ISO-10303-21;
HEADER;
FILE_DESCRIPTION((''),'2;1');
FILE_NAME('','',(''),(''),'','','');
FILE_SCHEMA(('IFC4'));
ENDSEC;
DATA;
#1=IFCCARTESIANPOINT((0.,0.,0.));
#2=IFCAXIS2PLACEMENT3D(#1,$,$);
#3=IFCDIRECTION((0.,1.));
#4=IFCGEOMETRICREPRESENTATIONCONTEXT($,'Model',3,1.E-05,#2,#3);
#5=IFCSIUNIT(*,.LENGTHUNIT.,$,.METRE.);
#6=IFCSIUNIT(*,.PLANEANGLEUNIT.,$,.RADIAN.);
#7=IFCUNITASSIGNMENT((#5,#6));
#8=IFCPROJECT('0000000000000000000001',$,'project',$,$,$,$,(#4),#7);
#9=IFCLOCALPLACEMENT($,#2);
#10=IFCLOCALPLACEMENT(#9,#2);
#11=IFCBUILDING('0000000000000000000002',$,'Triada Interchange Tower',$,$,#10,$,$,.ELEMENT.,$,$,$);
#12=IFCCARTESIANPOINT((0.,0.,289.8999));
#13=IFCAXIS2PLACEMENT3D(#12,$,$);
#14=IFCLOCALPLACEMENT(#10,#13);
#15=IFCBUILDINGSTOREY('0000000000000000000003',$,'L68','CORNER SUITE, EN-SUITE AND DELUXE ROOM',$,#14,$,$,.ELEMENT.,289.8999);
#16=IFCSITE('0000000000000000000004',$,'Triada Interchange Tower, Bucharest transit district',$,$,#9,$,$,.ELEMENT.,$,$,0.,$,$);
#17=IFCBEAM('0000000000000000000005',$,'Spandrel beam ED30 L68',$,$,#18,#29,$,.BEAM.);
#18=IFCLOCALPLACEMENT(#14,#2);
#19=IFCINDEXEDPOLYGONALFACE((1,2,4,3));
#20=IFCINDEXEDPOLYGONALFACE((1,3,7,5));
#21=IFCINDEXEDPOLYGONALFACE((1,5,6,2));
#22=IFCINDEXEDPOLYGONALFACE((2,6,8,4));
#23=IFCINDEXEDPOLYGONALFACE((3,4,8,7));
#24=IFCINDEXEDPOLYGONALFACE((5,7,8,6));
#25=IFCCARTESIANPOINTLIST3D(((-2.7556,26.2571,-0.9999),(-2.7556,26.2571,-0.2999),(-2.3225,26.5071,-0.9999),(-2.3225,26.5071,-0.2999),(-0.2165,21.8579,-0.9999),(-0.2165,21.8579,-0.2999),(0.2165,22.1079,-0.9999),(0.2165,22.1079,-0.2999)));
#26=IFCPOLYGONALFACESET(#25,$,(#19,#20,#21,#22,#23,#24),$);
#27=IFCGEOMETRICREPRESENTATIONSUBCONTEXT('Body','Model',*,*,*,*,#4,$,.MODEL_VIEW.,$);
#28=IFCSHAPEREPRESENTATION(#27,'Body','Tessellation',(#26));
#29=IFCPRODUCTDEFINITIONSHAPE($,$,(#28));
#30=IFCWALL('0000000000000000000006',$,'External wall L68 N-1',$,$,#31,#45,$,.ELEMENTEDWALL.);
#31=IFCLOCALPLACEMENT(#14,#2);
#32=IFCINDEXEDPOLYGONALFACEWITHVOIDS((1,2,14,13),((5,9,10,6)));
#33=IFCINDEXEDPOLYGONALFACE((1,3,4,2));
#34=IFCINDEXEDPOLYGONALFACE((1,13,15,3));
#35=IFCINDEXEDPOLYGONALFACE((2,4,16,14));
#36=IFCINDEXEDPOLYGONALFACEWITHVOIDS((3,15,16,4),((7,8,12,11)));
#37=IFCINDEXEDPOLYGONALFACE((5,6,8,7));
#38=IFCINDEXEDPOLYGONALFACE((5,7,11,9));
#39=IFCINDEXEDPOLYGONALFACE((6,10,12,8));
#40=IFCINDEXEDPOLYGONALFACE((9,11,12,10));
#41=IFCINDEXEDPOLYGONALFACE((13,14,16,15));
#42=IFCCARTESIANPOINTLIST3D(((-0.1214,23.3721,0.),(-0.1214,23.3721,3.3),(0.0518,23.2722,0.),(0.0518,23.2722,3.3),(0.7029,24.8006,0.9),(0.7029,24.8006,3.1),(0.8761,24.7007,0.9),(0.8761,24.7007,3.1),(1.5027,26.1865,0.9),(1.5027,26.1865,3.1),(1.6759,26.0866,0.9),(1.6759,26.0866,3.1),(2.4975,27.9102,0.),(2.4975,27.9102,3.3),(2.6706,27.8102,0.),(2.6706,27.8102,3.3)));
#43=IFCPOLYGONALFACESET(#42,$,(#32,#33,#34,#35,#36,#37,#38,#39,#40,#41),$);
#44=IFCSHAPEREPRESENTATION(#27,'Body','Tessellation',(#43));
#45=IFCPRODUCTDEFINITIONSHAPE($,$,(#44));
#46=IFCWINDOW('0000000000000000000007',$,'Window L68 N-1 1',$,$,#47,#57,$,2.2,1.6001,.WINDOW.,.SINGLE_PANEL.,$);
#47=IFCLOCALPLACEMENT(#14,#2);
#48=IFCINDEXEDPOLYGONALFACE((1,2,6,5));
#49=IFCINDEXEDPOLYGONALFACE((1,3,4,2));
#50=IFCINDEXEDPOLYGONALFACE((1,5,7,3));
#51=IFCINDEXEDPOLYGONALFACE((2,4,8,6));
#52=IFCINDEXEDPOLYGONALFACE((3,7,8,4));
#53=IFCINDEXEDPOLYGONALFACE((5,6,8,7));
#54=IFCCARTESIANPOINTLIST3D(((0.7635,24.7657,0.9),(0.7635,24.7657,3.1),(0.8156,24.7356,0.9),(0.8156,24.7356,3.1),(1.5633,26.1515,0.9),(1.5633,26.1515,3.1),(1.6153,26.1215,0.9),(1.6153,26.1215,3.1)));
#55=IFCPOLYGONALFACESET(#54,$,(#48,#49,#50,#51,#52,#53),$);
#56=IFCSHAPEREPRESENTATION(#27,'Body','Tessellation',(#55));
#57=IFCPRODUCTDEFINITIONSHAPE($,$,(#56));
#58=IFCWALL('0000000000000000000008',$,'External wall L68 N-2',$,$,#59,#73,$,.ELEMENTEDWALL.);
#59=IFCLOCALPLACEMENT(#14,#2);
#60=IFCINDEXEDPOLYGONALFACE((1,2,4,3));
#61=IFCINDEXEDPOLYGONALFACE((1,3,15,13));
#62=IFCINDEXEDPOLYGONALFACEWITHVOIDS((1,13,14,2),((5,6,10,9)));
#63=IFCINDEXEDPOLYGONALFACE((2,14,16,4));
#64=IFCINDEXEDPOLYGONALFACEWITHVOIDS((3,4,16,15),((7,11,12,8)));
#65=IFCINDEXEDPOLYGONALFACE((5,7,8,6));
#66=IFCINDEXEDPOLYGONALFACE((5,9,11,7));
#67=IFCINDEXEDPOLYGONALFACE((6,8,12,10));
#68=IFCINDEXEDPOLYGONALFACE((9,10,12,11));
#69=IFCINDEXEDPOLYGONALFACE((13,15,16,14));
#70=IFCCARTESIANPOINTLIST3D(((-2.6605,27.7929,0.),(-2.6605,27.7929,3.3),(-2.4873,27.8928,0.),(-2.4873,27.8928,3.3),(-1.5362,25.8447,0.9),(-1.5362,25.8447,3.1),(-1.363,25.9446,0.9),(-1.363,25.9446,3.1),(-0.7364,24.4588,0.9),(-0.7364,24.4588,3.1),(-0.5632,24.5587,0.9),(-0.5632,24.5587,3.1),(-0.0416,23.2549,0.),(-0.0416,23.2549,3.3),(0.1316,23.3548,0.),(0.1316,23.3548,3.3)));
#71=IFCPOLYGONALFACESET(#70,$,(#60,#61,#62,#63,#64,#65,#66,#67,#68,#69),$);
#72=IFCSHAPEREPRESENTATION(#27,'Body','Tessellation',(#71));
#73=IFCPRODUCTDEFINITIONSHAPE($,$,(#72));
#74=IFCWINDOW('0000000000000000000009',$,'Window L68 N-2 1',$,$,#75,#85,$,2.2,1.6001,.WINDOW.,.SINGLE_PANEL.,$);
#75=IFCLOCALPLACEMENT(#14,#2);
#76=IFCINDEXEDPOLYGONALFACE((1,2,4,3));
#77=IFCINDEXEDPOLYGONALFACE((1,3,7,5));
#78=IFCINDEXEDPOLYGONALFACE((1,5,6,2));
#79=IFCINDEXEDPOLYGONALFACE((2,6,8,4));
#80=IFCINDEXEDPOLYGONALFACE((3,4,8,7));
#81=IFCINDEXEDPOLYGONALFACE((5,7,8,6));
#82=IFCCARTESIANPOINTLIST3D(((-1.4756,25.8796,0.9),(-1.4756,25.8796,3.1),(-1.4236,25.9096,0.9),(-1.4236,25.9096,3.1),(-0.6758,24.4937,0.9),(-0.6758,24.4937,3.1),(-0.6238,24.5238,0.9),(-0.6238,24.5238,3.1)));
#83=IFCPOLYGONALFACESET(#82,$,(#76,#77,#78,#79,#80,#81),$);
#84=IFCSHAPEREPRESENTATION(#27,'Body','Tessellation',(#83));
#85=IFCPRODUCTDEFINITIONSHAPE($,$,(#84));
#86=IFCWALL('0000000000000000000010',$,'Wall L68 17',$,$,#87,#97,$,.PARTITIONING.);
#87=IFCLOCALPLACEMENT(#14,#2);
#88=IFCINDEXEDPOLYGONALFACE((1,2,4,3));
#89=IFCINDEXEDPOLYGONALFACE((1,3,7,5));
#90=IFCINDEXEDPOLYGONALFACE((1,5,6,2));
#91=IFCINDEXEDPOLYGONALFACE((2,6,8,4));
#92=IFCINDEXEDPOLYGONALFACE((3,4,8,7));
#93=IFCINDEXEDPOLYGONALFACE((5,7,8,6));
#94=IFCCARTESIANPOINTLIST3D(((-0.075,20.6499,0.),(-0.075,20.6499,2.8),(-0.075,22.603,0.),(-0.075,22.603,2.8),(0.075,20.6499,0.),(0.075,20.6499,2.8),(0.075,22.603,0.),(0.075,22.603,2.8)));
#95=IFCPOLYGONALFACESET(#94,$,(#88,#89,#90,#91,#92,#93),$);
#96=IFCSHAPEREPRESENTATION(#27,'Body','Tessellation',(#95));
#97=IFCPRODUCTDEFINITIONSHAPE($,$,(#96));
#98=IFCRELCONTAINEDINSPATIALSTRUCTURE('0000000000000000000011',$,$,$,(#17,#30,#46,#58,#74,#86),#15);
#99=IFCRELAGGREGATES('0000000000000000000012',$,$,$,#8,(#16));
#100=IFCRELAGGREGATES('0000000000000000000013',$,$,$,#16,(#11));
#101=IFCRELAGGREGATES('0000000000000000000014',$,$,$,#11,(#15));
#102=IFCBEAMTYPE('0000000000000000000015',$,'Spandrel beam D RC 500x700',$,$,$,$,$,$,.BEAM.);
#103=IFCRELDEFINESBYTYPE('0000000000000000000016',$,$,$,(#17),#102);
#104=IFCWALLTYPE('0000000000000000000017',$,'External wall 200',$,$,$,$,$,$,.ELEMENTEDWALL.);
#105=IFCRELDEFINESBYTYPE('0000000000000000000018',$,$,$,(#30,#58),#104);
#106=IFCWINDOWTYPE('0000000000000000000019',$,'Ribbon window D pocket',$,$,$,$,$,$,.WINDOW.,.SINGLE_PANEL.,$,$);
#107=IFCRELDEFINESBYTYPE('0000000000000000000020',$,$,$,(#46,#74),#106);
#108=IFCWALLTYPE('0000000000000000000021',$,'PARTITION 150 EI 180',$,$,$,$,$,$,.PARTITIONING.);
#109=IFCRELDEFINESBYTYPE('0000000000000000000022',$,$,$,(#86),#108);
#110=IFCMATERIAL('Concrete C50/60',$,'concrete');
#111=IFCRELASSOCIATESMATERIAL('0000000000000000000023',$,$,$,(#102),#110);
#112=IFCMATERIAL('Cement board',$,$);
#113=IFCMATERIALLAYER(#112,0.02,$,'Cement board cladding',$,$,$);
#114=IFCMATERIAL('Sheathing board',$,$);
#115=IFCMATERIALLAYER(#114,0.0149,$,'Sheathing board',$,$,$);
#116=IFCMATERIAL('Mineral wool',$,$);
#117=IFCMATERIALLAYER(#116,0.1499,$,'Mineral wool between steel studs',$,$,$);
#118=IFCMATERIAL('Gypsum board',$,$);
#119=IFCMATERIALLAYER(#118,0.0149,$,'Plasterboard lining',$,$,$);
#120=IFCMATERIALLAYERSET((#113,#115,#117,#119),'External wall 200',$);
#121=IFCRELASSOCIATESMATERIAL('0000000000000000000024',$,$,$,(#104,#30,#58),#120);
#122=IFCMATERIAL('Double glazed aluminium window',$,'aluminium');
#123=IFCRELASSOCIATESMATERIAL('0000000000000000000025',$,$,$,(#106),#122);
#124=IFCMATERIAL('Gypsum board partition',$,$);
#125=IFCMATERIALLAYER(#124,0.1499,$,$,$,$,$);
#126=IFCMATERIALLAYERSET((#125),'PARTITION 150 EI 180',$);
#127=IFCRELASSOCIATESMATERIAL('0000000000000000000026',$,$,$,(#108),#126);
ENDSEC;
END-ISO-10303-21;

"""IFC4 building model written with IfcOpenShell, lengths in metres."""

from ifc_helpers import new_model, si_unit, direction, frame, frame_2d, origin, origin_2d, place, context, subcontext, project, spatial, rectangle, extrude, material, layer, layer_set, layer_usage, material_profile, profile_set, type_object, element, fill, save


model = new_model("IFC4")

# Units and contexts
model_context = context("Model", 3, precision=1e-05, world=origin(), true_north=direction((0.0, 1.0)))
body_context = subcontext(model_context, "Body", "Model", "MODEL_VIEW")
ifc_project = project(units=[si_unit("LENGTHUNIT", "METRE"), si_unit("PLANEANGLEUNIT", "RADIAN")], contexts=[model_context])

# Site, building, storey
site_placement = place(None, origin())
site = spatial("IfcSite", under=ifc_project, at=site_placement, Name="Triada Interchange Tower, Bucharest transit district", CompositionType="ELEMENT", RefElevation=0.0)
building_placement = place(site_placement, origin())
building = spatial("IfcBuilding", under=site, at=building_placement, Name="Triada Interchange Tower", CompositionType="ELEMENT")
storey_placement = place(building_placement, frame((0.0, 0.0, 289.8999)))
storey = spatial("IfcBuildingStorey", under=building, at=storey_placement, Name="L68", Description="CORNER SUITE, EN-SUITE AND DELUXE ROOM", CompositionType="ELEMENT", Elevation=289.8999)

# Beam
ifc_material_1 = material(Name="Concrete C50/60", Category="concrete")
ifc_material_profile_1 = material_profile(ifc_material_1, rectangle(XDim=0.5, YDim=0.7, at=origin_2d()), Name="RC 500x700")
ifc_profile_set_1 = profile_set([ifc_material_profile_1], Name="Concrete C50/60")
beam_type_1 = type_object("IfcBeamType", Name="Spandrel beam D RC 500x700", PredefinedType="BEAM", material=ifc_profile_set_1)
for number, where, z_axis, x_axis, name in (
    (1, (0.0, 21.9829, -0.6499), (-0.499882, 0.866094, 0.0), (-0.866094, -0.499882, 0.0), "Spandrel beam ED30 L68"),
):
    element("IfcBeam", number, at=place(storey_placement, frame(where, z_axis=z_axis, x_axis=x_axis)), inside=storey, type_object=beam_type_1, Name=name, PredefinedType="BEAM", context=body_context, shape_type="SweptSolid", body=[
        extrude(rectangle(XDim=0.5, YDim=0.7, at=origin_2d()), origin(), (0.0, 0.0, 1.0), 5.0793),
    ])

# Walls, openings, windows
ifc_material_2 = material(Name="Cement board")
ifc_layer_1 = layer(ifc_material_2, 0.02, Name="Cement board cladding")
ifc_material_3 = material(Name="Sheathing board")
ifc_layer_2 = layer(ifc_material_3, 0.0149, Name="Sheathing board")
ifc_material_4 = material(Name="Mineral wool")
ifc_layer_3 = layer(ifc_material_4, 0.1499, Name="Mineral wool between steel studs")
ifc_material_5 = material(Name="Gypsum board")
ifc_layer_4 = layer(ifc_material_5, 0.0149, Name="Plasterboard lining")
ifc_layer_set_1 = layer_set([ifc_layer_1, ifc_layer_2, ifc_layer_3, ifc_layer_4], Name="External wall 200")
ifc_layer_usage = layer_usage(ifc_layer_set_1, "AXIS2", "POSITIVE", -0.1001)
wall_type_1 = type_object("IfcWallType", Name="External wall 200", PredefinedType="ELEMENTEDWALL", material=ifc_layer_set_1)
wall_1_placement = place(storey_placement, frame((2.584, 27.8601, 0.0), z_axis=(0.0, 0.0, 1.0), x_axis=(-0.499833, -0.866122, 0.0)))
wall_1 = element("IfcWall", 2, at=wall_1_placement, inside=storey, type_object=wall_type_1, material=ifc_layer_usage, Name="External wall L68 N-1", PredefinedType="ELEMENTEDWALL", context=body_context, shape_type="SweptSolid", body=[
    extrude(rectangle(XDim=5.2395, YDim=0.2, at=frame_2d((2.6196, 0.0))), origin(), (0.0, 0.0, 1.0), 3.3),
])
opening_1_placement = place(wall_1_placement, frame((1.99, 0.0, 0.8999)))
opening_1 = element("IfcOpeningElement", 3, at=opening_1_placement, cuts=wall_1, PredefinedType="OPENING", context=body_context, shape_type="SweptSolid", body=[
    extrude(rectangle(XDim=1.6001, YDim=2.2, at=frame_2d((0.8, 1.1001))), frame((0.0, 0.1099, 0.0), z_axis=(0.0, -1.0, 0.0), x_axis=(1.0, 0.0, 0.0)), (0.0, 0.0, 1.0), 0.22),
])
ifc_material_6 = material(Name="Double glazed aluminium window", Category="aluminium")
window_type = type_object("IfcWindowType", Name="Ribbon window D pocket", PartitioningType="SINGLE_PANEL", PredefinedType="WINDOW", material=ifc_material_6)
window_1_placement = place(opening_1_placement, origin())
window_1 = element("IfcWindow", 4, at=window_1_placement, inside=storey, type_object=window_type, Name="Window L68 N-1 1", OverallHeight=2.2, OverallWidth=1.6001, PartitioningType="SINGLE_PANEL", PredefinedType="WINDOW", context=body_context, shape_type="SweptSolid", body=[
    extrude(rectangle(XDim=1.6001, YDim=2.2, at=frame_2d((0.8, 1.1001))), frame((0.0, 0.03, 0.0), z_axis=(0.0, -1.0, 0.0), x_axis=(1.0, 0.0, 0.0)), (0.0, 0.0, 1.0), 0.0601),
])
fill(opening_1, window_1)
wall_2_placement = place(storey_placement, frame((0.0449, 23.3049, 0.0), z_axis=(0.0, 0.0, 1.0), x_axis=(-0.499833, 0.866122, 0.0)))
wall_2 = element("IfcWall", 5, at=wall_2_placement, inside=storey, type_object=wall_type_1, material=ifc_layer_usage, Name="External wall L68 N-2", PredefinedType="ELEMENTEDWALL", context=body_context, shape_type="SweptSolid", body=[
    extrude(rectangle(XDim=5.2395, YDim=0.2, at=frame_2d((2.6196, 0.0))), origin(), (0.0, 0.0, 1.0), 3.3),
])
opening_2_placement = place(wall_2_placement, frame((1.3899, 0.0, 0.8999)))
opening_2 = element("IfcOpeningElement", 6, at=opening_2_placement, cuts=wall_2, PredefinedType="OPENING", context=body_context, shape_type="SweptSolid", body=[
    extrude(rectangle(XDim=1.6001, YDim=2.2, at=frame_2d((0.8, 1.1001))), frame((0.0, 0.1099, 0.0), z_axis=(0.0, -1.0, 0.0), x_axis=(1.0, 0.0, 0.0)), (0.0, 0.0, 1.0), 0.22),
])
window_2_placement = place(opening_2_placement, origin())
window_2 = element("IfcWindow", 7, at=window_2_placement, inside=storey, type_object=window_type, Name="Window L68 N-2 1", OverallHeight=2.2, OverallWidth=1.6001, PartitioningType="SINGLE_PANEL", PredefinedType="WINDOW", context=body_context, shape_type="SweptSolid", body=[
    extrude(rectangle(XDim=1.6001, YDim=2.2, at=frame_2d((0.8, 1.1001))), frame((0.0, 0.03, 0.0), z_axis=(0.0, -1.0, 0.0), x_axis=(1.0, 0.0, 0.0)), (0.0, 0.0, 1.0), 0.0601),
])
fill(opening_2, window_2)

# Wall
ifc_material_7 = material(Name="Gypsum board partition")
ifc_layer_5 = layer(ifc_material_7, 0.1499)
ifc_layer_set_2 = layer_set([ifc_layer_5], Name="PARTITION 150 EI 180")
wall_type_2 = type_object("IfcWallType", Name="PARTITION 150 EI 180", PredefinedType="PARTITIONING", material=ifc_layer_set_2)
wall_3_placement = place(storey_placement, frame((0.0, 20.6499, 0.0), z_axis=(0.0, 0.0, 1.0), x_axis=(0.0, 1.0, 0.0)))
element("IfcWall", 8, at=wall_3_placement, inside=storey, type_object=wall_type_2, Name="Wall L68 17", PredefinedType="PARTITIONING", context=body_context, shape_type="SweptSolid", body=[
    extrude(rectangle(XDim=1.9531, YDim=0.1499, at=frame_2d((0.9766, 0.0))), origin(), (0.0, 0.0, 1.0), 2.8),
])

save(model, "model.ifc")
